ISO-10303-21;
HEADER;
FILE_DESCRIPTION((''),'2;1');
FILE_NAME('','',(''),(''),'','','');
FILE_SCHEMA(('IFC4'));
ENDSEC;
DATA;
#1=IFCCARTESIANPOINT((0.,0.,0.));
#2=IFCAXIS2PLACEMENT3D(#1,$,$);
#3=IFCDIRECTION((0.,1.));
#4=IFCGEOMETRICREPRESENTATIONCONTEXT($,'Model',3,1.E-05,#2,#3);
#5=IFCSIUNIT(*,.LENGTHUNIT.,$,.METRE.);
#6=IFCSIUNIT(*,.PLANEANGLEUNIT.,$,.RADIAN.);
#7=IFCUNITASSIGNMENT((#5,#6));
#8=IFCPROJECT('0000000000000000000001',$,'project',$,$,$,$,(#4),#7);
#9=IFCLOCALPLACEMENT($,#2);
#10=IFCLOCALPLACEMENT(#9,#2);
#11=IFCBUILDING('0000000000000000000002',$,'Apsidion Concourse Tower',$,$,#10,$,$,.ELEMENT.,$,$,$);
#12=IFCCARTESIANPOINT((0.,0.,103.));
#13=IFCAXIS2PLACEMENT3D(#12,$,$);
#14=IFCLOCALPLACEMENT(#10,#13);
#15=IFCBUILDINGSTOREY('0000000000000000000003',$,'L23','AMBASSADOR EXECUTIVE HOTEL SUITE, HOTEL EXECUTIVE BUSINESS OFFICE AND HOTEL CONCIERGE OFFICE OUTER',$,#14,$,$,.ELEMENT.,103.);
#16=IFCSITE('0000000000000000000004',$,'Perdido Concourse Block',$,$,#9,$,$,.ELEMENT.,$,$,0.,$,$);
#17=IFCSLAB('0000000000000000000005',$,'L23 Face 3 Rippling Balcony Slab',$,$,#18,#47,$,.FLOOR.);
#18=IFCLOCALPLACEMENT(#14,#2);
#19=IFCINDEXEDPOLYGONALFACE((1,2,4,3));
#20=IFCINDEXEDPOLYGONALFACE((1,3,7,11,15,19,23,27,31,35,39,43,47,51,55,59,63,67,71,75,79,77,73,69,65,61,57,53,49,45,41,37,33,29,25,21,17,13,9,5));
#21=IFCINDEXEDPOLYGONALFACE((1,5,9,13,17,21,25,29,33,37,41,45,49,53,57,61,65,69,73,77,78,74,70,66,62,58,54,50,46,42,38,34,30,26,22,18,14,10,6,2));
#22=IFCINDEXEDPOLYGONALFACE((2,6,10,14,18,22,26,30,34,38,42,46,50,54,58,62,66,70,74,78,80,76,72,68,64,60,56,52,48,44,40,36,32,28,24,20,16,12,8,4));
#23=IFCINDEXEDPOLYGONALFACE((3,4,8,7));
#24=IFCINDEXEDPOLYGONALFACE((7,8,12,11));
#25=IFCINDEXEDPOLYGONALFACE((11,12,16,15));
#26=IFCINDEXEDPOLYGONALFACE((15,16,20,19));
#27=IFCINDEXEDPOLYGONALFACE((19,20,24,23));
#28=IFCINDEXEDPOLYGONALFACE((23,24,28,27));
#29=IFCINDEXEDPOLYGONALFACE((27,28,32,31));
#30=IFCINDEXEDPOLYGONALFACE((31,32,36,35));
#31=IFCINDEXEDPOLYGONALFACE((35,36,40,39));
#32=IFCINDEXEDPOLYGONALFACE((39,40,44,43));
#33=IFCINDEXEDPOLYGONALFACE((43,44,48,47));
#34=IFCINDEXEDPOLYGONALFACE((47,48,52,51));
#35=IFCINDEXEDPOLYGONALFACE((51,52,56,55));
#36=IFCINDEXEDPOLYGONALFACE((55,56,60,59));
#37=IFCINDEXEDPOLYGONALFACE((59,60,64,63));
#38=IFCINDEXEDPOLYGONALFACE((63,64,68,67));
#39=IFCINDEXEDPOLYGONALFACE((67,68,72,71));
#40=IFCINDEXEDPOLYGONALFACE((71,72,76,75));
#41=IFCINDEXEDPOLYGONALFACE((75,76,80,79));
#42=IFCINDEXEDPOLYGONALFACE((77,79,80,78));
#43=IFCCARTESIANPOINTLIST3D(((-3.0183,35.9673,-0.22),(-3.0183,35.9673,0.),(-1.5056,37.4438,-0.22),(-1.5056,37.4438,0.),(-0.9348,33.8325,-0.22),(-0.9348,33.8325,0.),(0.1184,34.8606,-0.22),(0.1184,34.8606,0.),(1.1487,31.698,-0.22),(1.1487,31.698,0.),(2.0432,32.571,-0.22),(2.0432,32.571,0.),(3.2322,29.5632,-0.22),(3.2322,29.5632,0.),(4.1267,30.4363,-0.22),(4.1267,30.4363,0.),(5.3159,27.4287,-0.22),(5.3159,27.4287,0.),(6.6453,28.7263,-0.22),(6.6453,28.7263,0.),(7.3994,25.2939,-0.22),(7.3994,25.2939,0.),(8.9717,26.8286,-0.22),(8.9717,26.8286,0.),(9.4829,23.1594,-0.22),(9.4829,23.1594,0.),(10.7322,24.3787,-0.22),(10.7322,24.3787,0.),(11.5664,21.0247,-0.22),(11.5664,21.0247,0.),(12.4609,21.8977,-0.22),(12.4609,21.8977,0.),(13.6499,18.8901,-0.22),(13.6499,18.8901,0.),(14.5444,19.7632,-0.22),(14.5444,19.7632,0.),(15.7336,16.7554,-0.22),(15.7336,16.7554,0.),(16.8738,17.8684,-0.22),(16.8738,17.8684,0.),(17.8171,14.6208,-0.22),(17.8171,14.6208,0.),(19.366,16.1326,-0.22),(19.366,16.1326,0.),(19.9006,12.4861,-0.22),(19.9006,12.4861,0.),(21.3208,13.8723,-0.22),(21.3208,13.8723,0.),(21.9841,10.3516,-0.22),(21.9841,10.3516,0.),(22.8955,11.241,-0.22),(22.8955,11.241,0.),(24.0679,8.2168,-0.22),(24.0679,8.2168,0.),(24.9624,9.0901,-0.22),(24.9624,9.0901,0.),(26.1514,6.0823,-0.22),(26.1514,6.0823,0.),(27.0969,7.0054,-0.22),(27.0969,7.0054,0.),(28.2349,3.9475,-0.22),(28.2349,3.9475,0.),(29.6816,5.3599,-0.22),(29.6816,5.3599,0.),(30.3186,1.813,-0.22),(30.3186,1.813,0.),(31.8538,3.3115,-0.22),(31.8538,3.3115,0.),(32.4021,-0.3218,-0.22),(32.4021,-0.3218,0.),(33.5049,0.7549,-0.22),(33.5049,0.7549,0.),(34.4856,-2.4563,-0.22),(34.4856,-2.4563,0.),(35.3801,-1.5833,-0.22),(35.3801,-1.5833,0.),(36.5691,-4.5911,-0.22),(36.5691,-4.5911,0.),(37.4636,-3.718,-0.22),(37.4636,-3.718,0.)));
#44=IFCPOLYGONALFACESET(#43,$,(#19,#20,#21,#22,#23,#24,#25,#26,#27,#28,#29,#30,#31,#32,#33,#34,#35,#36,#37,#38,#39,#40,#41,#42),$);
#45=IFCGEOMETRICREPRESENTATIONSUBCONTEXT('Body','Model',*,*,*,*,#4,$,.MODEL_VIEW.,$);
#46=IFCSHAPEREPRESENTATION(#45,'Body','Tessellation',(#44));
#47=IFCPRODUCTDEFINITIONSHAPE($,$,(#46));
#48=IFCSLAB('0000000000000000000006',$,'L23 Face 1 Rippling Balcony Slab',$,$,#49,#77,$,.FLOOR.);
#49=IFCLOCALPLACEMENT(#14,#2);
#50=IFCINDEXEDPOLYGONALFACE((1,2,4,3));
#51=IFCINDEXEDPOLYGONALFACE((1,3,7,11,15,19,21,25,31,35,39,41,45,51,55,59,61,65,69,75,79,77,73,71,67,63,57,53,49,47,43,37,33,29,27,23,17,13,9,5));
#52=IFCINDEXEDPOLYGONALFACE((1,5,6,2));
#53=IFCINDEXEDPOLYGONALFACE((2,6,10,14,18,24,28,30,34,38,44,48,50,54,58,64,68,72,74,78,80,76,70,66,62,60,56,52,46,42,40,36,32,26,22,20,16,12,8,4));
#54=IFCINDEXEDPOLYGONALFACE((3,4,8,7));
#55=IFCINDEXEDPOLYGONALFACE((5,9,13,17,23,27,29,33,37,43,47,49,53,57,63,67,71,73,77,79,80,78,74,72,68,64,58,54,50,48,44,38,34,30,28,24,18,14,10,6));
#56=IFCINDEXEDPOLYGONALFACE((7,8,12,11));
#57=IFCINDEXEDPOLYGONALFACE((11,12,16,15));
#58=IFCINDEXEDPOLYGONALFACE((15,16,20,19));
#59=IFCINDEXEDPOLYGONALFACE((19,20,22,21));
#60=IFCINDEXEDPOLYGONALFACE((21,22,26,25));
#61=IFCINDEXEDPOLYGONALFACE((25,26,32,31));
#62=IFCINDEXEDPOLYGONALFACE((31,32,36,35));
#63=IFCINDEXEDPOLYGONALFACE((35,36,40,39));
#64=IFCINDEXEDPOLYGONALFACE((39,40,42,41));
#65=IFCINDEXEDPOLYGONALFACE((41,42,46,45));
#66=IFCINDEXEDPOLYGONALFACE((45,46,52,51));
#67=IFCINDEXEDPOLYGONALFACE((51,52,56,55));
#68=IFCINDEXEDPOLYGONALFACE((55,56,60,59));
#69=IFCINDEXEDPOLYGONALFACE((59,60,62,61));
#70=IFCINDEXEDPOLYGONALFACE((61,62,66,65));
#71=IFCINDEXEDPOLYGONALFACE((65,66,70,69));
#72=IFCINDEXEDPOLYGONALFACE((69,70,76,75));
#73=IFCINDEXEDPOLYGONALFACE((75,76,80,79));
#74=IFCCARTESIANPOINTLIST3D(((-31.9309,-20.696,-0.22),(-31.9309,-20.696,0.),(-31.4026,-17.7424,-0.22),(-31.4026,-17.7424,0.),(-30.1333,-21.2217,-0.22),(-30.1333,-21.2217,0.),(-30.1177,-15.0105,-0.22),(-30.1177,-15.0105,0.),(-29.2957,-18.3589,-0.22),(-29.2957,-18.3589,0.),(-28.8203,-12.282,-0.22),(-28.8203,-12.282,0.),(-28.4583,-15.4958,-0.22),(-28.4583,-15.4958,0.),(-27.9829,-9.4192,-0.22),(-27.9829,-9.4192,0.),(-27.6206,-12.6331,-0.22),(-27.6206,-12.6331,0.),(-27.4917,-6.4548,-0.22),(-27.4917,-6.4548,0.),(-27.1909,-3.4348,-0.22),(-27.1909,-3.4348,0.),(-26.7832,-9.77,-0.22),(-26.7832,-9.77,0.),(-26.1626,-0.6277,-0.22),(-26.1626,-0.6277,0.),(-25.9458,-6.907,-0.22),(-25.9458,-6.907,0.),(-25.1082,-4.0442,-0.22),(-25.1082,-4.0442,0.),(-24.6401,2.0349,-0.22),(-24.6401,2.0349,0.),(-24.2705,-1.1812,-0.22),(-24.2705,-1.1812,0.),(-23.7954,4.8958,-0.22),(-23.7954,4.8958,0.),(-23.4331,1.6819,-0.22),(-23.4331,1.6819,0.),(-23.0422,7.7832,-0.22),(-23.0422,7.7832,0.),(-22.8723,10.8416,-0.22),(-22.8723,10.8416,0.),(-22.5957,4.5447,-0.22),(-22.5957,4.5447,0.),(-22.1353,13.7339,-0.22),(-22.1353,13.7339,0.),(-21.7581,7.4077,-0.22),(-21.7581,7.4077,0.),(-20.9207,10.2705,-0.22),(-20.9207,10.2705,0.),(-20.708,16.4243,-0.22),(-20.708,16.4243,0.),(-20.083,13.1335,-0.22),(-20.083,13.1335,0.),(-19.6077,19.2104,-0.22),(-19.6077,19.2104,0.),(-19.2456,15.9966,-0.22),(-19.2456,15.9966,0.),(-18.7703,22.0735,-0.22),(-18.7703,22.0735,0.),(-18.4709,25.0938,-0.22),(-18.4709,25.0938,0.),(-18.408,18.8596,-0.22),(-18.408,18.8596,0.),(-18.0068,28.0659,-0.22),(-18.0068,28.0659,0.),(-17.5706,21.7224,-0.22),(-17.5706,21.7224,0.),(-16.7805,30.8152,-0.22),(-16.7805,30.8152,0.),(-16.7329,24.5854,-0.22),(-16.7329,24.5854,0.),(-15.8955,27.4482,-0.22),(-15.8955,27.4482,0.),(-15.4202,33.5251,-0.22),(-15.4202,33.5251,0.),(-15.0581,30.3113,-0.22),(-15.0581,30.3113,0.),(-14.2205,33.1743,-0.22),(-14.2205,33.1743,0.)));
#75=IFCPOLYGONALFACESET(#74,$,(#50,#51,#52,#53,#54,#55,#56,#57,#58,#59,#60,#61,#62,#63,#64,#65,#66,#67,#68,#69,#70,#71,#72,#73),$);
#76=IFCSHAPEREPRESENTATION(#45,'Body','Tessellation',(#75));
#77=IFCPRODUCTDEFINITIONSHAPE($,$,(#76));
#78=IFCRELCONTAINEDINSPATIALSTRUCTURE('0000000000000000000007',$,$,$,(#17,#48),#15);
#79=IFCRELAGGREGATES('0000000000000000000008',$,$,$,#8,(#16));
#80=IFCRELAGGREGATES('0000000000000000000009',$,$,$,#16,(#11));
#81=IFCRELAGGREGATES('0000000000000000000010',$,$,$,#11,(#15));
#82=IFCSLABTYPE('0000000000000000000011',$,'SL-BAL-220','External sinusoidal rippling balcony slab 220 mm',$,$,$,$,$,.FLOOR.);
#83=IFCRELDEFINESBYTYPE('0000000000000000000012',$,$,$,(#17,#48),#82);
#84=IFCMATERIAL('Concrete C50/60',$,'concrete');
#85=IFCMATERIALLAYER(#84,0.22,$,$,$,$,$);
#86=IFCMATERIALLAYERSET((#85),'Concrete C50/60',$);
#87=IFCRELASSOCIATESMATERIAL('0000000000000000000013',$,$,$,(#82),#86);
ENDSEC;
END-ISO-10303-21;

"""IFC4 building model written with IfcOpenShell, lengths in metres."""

from ifc_helpers import new_model, si_unit, direction, frame, origin, place, context, subcontext, project, spatial, polyline, outline, extrude, material, layer, layer_set, type_object, element, save


model = new_model("IFC4")

# Units and contexts
model_context = context("Model", 3, precision=1e-05, world=origin(), true_north=direction((0.0, 1.0)))
body_context = subcontext(model_context, "Body", "Model", "MODEL_VIEW")
ifc_project = project(units=[si_unit("LENGTHUNIT", "METRE"), si_unit("PLANEANGLEUNIT", "RADIAN")], contexts=[model_context])

# Site, building, storey
site_placement = place(None, origin())
site = spatial("IfcSite", under=ifc_project, at=site_placement, Name="Perdido Concourse Block", CompositionType="ELEMENT", RefElevation=0.0)
building_placement = place(site_placement, origin())
building = spatial("IfcBuilding", under=site, at=building_placement, Name="Apsidion Concourse Tower", CompositionType="ELEMENT")
storey_placement = place(building_placement, frame((0.0, 0.0, 103.0)))
storey = spatial("IfcBuildingStorey", under=building, at=storey_placement, Name="L23", Description="AMBASSADOR EXECUTIVE HOTEL SUITE, HOTEL EXECUTIVE BUSINESS OFFICE AND HOTEL CONCIERGE OFFICE OUTER", CompositionType="ELEMENT", Elevation=103.0)

# Shared definitions
ifc_material_1 = material(Name="Concrete C50/60", Category="concrete")

# Slabs
ifc_layer_1 = layer(ifc_material_1, 0.22)
ifc_layer_set_1 = layer_set([ifc_layer_1], Name="Concrete C50/60")
slab_type_1 = type_object("IfcSlabType", Name="SL-BAL-220", Description="External sinusoidal rippling balcony slab 220 mm", PredefinedType="FLOOR", material=ifc_layer_set_1)
slab_1_placement = place(storey_placement, frame((0.0, 0.0, -0.22)))
element("IfcSlab", 1, at=slab_1_placement, inside=storey, type_object=slab_type_1, Name="L23 Face 3 Rippling Balcony Slab", PredefinedType="FLOOR", context=body_context, shape_type="SweptSolid", body=[
    extrude(outline(polyline([(36.5691, -4.5911), (34.4856, -2.4563), (32.4021, -0.3218), (30.3186, 1.813), (28.2349, 3.9475), (26.1514, 6.0823), (24.0679, 8.2168), (21.9841, 10.3516), (19.9006, 12.4861), (17.8171, 14.6208), (15.7336, 16.7554), (13.6499, 18.8901), (11.5664, 21.0247), (9.4829, 23.1594), (7.3994, 25.2939), (5.3159, 27.4287), (3.2322, 29.5632), (1.1487, 31.698), (-0.9348, 33.8325), (-3.0183, 35.9673), (-1.5056, 37.4438), (0.1184, 34.8606), (2.0432, 32.571), (4.1267, 30.4363), (6.6453, 28.7263), (8.9717, 26.8286), (10.7322, 24.3787), (12.4609, 21.8977), (14.5444, 19.7632), (16.8738, 17.8684), (19.366, 16.1326), (21.3208, 13.8723), (22.8955, 11.241), (24.9624, 9.0901), (27.0969, 7.0054), (29.6816, 5.3599), (31.8538, 3.3115), (33.5049, 0.7549), (35.3801, -1.5833), (37.4636, -3.718), (36.5691, -4.5911)])), origin(), (0.0, 0.0, 1.0), 0.22),
])
slab_2_placement = place(storey_placement, frame((0.0, 0.0, -0.22)))
element("IfcSlab", 2, at=slab_2_placement, inside=storey, type_object=slab_type_1, Name="L23 Face 1 Rippling Balcony Slab", PredefinedType="FLOOR", context=body_context, shape_type="SweptSolid", body=[
    extrude(outline(polyline([(-14.2205, 33.1743), (-15.0581, 30.3113), (-15.8955, 27.4482), (-16.7329, 24.5854), (-17.5706, 21.7224), (-18.408, 18.8596), (-19.2456, 15.9966), (-20.083, 13.1335), (-20.9207, 10.2705), (-21.7581, 7.4077), (-22.5957, 4.5447), (-23.4331, 1.6819), (-24.2705, -1.1812), (-25.1082, -4.0442), (-25.9458, -6.907), (-26.7832, -9.77), (-27.6206, -12.6331), (-28.4583, -15.4958), (-29.2957, -18.3589), (-30.1333, -21.2217), (-31.9309, -20.696), (-31.4026, -17.7424), (-30.1177, -15.0105), (-28.8203, -12.282), (-27.9829, -9.4192), (-27.4917, -6.4548), (-27.1909, -3.4348), (-26.1626, -0.6277), (-24.6401, 2.0349), (-23.7954, 4.8958), (-23.0422, 7.7832), (-22.8723, 10.8416), (-22.1353, 13.7339), (-20.708, 16.4243), (-19.6077, 19.2104), (-18.7703, 22.0735), (-18.4709, 25.0938), (-18.0068, 28.0659), (-16.7805, 30.8152), (-15.4202, 33.5251), (-14.2205, 33.1743)])), origin(), (0.0, 0.0, 1.0), 0.22),
])

save(model, "model.ifc")
